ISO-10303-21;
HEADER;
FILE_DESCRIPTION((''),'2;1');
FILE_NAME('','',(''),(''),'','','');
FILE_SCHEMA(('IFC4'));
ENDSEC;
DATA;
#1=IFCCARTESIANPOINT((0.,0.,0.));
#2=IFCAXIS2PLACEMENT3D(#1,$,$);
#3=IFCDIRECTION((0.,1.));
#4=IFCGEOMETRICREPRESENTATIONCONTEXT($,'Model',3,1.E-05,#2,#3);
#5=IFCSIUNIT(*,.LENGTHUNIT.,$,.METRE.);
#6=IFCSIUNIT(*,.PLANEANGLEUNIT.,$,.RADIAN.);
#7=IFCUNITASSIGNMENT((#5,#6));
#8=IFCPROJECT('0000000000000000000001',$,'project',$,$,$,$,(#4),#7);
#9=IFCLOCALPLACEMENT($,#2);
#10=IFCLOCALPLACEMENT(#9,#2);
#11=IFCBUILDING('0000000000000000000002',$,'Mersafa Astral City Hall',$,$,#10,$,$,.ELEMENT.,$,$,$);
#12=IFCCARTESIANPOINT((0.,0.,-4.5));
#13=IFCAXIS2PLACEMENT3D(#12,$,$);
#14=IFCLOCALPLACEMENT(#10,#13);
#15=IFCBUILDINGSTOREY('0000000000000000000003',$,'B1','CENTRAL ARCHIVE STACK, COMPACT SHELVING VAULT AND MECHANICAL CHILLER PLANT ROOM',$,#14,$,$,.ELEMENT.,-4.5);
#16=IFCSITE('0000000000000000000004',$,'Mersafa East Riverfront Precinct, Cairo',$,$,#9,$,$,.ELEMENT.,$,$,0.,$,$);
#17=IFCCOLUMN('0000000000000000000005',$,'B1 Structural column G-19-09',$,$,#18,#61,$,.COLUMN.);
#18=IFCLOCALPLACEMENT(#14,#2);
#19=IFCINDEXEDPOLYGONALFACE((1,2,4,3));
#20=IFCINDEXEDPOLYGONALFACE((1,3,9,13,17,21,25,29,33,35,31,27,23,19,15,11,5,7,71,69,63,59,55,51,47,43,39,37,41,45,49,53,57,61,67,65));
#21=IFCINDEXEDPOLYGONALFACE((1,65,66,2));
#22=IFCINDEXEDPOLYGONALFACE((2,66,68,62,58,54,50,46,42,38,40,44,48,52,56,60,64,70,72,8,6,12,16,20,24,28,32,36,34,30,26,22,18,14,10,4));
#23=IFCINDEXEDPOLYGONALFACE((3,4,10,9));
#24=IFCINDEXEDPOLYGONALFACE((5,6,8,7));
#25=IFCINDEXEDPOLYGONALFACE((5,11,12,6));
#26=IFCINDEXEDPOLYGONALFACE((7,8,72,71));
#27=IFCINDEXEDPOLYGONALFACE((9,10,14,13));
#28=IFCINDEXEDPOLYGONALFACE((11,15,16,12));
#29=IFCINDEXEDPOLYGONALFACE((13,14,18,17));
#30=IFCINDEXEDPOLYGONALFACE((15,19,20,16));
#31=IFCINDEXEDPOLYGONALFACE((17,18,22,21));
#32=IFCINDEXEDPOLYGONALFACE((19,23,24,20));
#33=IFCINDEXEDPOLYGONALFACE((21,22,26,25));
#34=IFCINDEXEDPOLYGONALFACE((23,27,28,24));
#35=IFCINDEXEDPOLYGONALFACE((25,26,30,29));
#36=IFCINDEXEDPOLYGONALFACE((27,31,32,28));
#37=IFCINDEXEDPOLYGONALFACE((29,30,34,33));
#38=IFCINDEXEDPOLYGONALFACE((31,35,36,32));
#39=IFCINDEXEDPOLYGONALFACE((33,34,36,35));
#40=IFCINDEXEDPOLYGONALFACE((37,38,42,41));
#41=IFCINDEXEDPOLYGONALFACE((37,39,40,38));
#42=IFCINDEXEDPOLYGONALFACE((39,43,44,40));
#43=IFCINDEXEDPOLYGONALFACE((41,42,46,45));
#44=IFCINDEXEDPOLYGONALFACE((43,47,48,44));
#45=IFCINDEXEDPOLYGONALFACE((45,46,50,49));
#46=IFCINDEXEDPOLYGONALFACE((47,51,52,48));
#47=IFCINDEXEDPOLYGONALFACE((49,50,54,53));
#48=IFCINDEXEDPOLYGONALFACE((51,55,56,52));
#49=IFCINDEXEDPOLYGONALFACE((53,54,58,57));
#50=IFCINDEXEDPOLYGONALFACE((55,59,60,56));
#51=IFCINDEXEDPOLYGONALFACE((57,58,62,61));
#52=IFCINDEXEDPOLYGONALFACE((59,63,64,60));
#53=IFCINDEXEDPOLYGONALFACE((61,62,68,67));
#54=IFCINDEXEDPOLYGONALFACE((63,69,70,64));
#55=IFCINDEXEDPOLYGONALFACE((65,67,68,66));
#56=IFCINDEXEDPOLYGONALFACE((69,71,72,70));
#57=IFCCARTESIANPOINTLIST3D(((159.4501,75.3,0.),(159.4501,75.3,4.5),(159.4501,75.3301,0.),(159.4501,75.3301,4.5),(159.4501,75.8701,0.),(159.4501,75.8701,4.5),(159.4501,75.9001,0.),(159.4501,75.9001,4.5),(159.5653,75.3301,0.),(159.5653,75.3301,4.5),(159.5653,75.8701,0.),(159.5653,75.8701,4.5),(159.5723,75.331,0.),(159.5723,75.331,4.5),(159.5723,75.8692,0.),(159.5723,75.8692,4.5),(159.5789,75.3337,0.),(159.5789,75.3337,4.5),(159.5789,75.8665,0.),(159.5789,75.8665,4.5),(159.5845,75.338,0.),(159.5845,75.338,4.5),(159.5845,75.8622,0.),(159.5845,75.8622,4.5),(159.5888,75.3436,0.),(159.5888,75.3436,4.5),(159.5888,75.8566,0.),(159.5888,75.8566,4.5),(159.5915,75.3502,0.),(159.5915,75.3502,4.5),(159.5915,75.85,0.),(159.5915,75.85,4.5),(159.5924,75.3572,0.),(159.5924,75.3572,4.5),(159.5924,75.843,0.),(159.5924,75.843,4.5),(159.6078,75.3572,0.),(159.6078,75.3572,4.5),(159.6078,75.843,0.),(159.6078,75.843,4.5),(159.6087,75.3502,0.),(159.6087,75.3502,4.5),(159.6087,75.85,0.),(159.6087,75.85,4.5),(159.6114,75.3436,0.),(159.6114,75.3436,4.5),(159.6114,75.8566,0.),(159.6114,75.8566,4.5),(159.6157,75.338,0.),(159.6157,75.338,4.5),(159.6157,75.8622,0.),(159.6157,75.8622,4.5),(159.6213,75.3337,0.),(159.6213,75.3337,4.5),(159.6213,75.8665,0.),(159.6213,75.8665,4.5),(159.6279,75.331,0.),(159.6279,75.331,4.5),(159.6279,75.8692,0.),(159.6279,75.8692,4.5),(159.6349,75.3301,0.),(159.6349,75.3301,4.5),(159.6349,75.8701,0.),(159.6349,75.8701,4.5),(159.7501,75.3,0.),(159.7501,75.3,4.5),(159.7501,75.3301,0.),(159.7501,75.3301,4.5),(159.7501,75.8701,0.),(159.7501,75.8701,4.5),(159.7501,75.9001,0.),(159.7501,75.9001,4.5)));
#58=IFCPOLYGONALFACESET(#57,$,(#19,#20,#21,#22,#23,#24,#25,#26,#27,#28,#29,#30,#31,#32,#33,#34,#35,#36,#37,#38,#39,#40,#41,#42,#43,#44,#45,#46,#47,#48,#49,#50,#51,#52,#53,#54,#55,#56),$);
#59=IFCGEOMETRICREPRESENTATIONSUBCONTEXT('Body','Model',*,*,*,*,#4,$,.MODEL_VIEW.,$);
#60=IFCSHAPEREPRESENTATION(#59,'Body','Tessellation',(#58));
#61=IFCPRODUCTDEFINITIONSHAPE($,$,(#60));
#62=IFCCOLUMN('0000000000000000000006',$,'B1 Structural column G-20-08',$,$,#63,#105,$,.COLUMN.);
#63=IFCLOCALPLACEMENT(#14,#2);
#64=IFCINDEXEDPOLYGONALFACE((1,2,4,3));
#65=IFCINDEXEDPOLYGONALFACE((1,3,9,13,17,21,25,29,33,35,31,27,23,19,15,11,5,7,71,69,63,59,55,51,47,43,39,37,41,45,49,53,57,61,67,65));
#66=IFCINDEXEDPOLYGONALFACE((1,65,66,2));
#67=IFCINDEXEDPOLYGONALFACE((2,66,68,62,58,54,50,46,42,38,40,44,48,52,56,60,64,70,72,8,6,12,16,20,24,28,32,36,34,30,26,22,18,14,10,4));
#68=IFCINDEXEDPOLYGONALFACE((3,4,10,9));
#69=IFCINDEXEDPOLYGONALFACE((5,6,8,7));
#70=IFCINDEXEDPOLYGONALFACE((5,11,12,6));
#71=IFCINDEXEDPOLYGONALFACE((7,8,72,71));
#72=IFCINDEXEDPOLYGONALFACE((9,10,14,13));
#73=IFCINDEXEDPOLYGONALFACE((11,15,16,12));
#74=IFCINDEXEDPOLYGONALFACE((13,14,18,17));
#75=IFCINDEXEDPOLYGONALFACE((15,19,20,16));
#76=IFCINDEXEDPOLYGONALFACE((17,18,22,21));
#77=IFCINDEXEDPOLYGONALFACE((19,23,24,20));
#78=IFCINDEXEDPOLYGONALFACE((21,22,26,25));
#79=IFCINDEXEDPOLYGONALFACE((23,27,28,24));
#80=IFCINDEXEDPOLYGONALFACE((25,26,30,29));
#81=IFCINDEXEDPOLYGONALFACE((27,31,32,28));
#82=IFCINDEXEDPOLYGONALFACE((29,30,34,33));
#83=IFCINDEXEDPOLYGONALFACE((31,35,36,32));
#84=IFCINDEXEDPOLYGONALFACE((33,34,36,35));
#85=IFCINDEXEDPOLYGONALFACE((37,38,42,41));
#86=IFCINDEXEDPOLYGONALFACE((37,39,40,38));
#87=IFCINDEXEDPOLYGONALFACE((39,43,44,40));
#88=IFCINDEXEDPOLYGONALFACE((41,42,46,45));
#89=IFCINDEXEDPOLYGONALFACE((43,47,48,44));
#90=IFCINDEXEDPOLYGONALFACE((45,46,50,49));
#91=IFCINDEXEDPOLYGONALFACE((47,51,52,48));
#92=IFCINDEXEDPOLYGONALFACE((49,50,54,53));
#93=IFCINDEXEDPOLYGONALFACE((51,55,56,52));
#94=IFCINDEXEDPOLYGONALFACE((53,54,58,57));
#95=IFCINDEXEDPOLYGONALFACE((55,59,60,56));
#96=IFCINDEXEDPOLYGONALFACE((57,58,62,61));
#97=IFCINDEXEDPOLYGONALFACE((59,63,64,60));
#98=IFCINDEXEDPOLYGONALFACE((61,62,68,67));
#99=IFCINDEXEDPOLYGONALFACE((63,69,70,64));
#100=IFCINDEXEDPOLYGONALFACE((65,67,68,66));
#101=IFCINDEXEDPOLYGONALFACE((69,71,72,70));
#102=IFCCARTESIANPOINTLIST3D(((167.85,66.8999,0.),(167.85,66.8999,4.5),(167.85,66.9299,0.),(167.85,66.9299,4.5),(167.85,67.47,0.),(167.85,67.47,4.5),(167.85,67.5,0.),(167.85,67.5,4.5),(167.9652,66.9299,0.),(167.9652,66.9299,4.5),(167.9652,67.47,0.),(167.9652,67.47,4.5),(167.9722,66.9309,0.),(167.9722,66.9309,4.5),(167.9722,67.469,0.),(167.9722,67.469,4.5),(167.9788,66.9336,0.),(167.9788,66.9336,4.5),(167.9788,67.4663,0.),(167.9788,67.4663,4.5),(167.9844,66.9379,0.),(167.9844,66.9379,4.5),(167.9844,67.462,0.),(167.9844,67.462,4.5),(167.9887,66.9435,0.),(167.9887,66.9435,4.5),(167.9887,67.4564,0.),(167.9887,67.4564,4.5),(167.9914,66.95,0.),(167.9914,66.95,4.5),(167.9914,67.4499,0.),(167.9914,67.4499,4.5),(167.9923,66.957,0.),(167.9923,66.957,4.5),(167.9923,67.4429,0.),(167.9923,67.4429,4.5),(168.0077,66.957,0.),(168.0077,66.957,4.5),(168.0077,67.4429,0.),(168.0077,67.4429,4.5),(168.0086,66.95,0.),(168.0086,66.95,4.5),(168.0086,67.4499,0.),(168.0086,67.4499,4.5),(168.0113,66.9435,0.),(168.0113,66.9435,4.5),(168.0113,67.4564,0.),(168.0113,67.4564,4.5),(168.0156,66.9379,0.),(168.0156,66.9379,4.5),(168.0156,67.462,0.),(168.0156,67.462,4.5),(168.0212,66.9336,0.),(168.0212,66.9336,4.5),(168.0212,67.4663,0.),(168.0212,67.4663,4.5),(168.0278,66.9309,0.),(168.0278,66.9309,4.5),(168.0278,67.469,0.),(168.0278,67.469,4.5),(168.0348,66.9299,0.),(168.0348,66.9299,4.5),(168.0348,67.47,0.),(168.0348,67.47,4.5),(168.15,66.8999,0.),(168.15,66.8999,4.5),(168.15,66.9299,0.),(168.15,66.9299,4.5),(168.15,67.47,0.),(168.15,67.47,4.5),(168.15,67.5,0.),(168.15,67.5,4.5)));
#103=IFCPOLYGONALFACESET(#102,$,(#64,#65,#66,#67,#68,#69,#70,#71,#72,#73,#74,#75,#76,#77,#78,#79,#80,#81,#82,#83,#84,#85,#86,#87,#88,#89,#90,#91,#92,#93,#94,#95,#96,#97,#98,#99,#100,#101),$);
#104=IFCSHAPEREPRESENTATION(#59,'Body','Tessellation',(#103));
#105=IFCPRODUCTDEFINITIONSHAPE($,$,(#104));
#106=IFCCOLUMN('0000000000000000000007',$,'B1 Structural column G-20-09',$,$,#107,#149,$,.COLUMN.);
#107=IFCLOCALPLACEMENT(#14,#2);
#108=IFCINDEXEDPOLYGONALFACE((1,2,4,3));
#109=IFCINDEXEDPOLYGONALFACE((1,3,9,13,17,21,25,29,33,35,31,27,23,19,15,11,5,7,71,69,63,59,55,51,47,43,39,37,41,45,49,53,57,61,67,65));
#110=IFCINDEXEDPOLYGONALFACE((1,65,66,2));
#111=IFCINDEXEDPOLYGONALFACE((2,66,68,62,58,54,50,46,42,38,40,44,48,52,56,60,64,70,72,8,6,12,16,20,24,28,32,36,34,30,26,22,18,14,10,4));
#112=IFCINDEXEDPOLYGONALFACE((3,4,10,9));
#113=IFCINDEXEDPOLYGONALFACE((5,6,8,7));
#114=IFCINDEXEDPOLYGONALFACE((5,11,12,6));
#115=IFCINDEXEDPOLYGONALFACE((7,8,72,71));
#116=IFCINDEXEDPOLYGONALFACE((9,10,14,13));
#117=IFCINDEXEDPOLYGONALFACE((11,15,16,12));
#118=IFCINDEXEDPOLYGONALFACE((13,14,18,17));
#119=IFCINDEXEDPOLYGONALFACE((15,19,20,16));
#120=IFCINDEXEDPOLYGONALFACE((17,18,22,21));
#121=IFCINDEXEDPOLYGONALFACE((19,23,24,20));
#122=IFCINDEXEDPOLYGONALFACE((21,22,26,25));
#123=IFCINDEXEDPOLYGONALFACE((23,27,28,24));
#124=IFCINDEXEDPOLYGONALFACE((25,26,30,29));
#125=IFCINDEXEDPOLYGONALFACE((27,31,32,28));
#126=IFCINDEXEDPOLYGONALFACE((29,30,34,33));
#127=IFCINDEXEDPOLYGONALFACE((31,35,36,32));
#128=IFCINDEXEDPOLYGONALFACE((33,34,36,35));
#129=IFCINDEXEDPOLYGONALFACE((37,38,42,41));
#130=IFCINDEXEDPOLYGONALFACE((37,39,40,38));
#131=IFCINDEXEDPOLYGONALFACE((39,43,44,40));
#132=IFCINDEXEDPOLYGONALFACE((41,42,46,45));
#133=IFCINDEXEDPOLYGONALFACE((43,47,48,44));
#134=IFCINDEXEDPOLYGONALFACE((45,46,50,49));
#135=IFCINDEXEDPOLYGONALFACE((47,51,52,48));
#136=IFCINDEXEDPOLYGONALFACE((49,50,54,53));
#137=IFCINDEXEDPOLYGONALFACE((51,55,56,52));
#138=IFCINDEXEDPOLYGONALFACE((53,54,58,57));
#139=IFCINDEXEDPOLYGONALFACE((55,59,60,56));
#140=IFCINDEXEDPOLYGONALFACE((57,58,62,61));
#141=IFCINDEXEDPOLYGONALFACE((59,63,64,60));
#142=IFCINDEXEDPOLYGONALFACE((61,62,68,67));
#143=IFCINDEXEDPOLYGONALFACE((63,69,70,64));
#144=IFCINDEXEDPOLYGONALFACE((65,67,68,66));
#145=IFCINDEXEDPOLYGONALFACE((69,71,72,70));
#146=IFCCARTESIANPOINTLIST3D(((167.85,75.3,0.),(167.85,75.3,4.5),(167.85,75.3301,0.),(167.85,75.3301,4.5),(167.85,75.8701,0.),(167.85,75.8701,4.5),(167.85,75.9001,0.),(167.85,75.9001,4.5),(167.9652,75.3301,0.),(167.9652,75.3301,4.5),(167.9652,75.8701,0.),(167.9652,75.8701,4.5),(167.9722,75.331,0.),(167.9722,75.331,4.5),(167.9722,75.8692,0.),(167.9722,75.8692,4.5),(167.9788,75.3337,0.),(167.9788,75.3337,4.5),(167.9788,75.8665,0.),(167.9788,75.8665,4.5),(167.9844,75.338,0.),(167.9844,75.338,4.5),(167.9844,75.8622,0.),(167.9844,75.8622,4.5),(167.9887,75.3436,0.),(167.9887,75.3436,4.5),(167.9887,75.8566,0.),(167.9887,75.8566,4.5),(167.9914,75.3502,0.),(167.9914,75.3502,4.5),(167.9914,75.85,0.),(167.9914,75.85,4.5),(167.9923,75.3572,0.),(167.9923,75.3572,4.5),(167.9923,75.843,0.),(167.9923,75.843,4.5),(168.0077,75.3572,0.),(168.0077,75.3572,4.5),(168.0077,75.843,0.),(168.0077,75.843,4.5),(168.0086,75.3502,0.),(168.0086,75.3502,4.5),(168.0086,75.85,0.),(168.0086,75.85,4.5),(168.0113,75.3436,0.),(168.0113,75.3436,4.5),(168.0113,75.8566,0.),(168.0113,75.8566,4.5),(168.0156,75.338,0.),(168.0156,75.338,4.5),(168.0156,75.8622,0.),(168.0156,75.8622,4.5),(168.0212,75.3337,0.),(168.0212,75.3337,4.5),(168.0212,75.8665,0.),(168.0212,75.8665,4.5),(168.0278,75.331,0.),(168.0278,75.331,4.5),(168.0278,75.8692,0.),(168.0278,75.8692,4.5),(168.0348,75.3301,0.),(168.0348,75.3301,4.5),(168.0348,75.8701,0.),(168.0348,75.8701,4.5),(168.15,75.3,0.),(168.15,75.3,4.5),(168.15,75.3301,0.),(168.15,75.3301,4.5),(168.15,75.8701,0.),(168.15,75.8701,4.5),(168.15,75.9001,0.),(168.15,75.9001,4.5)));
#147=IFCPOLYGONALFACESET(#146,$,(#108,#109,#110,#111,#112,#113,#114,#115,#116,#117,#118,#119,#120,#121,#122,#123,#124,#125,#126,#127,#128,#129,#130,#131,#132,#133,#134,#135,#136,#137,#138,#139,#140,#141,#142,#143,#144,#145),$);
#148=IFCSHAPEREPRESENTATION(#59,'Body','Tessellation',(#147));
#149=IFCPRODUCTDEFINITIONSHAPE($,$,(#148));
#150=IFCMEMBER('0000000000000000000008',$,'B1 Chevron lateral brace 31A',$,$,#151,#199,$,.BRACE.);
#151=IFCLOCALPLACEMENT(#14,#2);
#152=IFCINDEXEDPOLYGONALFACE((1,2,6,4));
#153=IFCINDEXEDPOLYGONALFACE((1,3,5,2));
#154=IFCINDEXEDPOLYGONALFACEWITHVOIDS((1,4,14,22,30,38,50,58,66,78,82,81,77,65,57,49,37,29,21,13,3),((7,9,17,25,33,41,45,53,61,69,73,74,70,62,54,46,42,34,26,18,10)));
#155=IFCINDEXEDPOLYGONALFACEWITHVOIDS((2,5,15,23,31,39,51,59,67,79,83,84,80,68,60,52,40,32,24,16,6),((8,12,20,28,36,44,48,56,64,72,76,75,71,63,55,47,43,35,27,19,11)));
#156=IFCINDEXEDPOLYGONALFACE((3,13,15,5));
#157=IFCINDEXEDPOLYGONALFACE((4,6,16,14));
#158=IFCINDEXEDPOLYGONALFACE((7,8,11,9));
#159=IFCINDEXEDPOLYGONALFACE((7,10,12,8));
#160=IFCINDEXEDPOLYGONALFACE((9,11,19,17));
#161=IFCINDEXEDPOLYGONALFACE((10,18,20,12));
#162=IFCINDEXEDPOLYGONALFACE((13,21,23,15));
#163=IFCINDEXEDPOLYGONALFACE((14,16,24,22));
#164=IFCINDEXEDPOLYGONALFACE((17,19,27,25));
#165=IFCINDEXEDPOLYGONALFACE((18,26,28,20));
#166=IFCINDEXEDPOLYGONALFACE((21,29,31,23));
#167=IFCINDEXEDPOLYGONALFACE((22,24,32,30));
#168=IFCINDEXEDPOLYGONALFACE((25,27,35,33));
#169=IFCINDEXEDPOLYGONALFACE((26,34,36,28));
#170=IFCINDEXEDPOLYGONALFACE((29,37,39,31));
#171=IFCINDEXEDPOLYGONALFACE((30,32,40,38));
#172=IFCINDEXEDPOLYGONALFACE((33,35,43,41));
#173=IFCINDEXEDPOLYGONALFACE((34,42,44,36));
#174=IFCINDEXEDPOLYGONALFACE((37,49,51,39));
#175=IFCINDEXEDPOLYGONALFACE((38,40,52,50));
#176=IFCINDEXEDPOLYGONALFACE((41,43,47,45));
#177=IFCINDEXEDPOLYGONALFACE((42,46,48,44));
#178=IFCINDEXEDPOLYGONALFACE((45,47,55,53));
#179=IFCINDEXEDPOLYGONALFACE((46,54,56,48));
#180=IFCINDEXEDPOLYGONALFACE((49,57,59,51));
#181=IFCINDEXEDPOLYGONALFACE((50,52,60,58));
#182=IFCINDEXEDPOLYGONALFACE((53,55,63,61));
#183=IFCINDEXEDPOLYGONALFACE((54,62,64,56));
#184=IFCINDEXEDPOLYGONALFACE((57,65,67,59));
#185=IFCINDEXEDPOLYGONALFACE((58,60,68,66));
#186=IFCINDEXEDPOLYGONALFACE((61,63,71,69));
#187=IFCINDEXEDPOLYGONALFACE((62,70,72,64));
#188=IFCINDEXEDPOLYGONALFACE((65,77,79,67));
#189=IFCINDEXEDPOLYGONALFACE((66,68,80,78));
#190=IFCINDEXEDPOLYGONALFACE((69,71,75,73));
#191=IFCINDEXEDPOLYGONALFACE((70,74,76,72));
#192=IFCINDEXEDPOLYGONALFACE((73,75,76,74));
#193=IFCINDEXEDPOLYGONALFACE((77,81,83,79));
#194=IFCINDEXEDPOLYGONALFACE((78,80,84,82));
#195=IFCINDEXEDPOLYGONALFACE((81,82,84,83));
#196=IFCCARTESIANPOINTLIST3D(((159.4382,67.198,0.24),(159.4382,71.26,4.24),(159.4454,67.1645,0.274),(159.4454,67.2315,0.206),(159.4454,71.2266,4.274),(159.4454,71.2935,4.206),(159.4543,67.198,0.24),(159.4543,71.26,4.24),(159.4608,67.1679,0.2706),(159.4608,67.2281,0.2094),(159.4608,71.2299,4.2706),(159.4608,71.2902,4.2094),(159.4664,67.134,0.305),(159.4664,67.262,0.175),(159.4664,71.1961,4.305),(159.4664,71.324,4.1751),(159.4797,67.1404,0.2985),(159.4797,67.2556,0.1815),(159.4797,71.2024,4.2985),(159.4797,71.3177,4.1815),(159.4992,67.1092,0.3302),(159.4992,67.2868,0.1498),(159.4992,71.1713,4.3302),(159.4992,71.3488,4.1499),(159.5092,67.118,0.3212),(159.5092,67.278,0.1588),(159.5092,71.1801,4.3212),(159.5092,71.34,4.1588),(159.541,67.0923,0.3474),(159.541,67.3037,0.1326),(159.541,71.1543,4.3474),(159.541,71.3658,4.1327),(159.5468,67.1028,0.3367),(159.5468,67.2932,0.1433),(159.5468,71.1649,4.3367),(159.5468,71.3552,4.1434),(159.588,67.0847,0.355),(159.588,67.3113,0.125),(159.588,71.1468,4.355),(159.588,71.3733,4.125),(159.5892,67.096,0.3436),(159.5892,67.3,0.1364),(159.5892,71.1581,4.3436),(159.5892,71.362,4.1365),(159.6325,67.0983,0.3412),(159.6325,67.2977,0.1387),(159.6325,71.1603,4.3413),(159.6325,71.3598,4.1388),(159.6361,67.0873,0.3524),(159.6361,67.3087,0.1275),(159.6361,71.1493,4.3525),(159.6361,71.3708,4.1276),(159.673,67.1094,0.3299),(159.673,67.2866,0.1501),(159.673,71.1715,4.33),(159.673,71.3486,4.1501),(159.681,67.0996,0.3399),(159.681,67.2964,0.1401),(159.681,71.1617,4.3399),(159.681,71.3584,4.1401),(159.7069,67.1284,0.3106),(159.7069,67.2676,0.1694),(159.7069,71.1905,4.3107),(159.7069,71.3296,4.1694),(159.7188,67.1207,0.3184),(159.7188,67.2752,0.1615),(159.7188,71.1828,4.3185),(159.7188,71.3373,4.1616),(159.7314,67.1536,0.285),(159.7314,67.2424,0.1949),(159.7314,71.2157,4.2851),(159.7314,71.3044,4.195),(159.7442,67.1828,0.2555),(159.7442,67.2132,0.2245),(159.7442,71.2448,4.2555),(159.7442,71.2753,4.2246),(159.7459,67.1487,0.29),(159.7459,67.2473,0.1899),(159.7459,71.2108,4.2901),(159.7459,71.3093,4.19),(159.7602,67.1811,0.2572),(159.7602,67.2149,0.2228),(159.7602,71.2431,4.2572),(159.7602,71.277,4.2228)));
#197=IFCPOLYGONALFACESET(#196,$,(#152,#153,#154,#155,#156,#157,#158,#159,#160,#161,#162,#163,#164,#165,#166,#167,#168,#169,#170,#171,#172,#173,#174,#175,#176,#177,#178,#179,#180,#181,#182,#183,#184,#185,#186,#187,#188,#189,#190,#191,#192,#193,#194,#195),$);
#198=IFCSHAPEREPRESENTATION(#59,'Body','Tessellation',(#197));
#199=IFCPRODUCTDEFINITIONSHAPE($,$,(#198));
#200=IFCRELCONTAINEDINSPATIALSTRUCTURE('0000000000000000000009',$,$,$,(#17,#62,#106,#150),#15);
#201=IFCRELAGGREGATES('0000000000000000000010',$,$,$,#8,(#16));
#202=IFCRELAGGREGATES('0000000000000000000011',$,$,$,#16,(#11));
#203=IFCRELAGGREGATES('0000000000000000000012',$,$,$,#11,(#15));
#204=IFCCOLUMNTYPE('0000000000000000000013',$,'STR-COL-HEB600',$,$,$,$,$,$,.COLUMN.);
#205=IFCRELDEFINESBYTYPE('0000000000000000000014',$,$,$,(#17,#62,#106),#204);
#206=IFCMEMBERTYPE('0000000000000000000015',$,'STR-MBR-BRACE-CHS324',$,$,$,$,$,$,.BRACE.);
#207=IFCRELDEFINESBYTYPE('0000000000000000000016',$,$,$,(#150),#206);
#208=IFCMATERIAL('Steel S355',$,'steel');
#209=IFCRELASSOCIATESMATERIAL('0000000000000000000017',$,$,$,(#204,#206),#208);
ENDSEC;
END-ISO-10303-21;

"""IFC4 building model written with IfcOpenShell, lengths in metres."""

from ifc_helpers import new_model, si_unit, direction, frame, origin, origin_2d, place, context, subcontext, project, spatial, hollow_circle, i_section, extrude, material, material_profile, profile_set, type_object, element, save


model = new_model("IFC4")

# Units and contexts
model_context = context("Model", 3, precision=1e-05, world=origin(), true_north=direction((0.0, 1.0)))
body_context = subcontext(model_context, "Body", "Model", "MODEL_VIEW")
ifc_project = project(units=[si_unit("LENGTHUNIT", "METRE"), si_unit("PLANEANGLEUNIT", "RADIAN")], contexts=[model_context])

# Site, building, storey
site_placement = place(None, origin())
site = spatial("IfcSite", under=ifc_project, at=site_placement, Name="Mersafa East Riverfront Precinct, Cairo", CompositionType="ELEMENT", RefElevation=0.0)
building_placement = place(site_placement, origin())
building = spatial("IfcBuilding", under=site, at=building_placement, Name="Mersafa Astral City Hall", CompositionType="ELEMENT")
storey_placement = place(building_placement, frame((0.0, 0.0, -4.5)))
storey = spatial("IfcBuildingStorey", under=building, at=storey_placement, Name="B1", Description="CENTRAL ARCHIVE STACK, COMPACT SHELVING VAULT AND MECHANICAL CHILLER PLANT ROOM", CompositionType="ELEMENT", Elevation=-4.5)

# Columns
ifc_material_1 = material(Name="Steel S355", Category="steel")
ifc_material_profile_1 = material_profile(ifc_material_1, i_section(OverallWidth=0.3, OverallDepth=0.6001, WebThickness=0.0154, FlangeThickness=0.03, FilletRadius=0.0271, at=origin_2d()), Name="HEB 600")
ifc_profile_set_1 = profile_set([ifc_material_profile_1], Name="Steel S355")
column_type = type_object("IfcColumnType", Name="STR-COL-HEB600", PredefinedType="COLUMN", material=ifc_profile_set_1)
for number, where, z_axis, x_axis, name in (
    (1, (159.6001, 75.6001, 0.0), (0.0, 0.0, 1.0), (1.0, 0.0, 0.0), "B1 Structural column G-19-09"),
    (2, (168.0, 67.2, 0.0), (0.0, 0.0, 1.0), (1.0, 0.0, 0.0), "B1 Structural column G-20-08"),
    (3, (168.0, 75.6001, 0.0), (0.0, 0.0, 1.0), (1.0, 0.0, 0.0), "B1 Structural column G-20-09"),
):
    element("IfcColumn", number, at=place(storey_placement, frame(where, z_axis=z_axis, x_axis=x_axis)), inside=storey, type_object=column_type, Name=name, PredefinedType="COLUMN", context=body_context, shape_type="SweptSolid", body=[
        extrude(i_section(OverallWidth=0.3, OverallDepth=0.6001, WebThickness=0.0154, FlangeThickness=0.03, FilletRadius=0.0271, at=origin_2d()), origin(), (0.0, 0.0, 1.0), 4.5),
    ])

# Member
ifc_material_profile_2 = material_profile(ifc_material_1, hollow_circle(Radius=0.1619, WallThickness=0.0161, at=origin_2d()), Name="CHS 323.9x16")
ifc_profile_set_2 = profile_set([ifc_material_profile_2], Name="Steel S355")
member_type = type_object("IfcMemberType", Name="STR-MBR-BRACE-CHS324", PredefinedType="BRACE", material=ifc_profile_set_2)
member_placement = place(storey_placement, frame((159.6001, 67.198, 0.24), z_axis=(0.0, 0.712525, 0.701647), x_axis=(-1.0, 0.0, 0.0)))
element("IfcMember", 4, at=member_placement, inside=storey, type_object=member_type, Name="B1 Chevron lateral brace 31A", PredefinedType="BRACE", context=body_context, shape_type="SweptSolid", body=[
    extrude(hollow_circle(Radius=0.1619, WallThickness=0.0161, at=origin_2d()), origin(), (0.0, 0.0, 1.0), 5.7009),
])

save(model, "model.ifc")
